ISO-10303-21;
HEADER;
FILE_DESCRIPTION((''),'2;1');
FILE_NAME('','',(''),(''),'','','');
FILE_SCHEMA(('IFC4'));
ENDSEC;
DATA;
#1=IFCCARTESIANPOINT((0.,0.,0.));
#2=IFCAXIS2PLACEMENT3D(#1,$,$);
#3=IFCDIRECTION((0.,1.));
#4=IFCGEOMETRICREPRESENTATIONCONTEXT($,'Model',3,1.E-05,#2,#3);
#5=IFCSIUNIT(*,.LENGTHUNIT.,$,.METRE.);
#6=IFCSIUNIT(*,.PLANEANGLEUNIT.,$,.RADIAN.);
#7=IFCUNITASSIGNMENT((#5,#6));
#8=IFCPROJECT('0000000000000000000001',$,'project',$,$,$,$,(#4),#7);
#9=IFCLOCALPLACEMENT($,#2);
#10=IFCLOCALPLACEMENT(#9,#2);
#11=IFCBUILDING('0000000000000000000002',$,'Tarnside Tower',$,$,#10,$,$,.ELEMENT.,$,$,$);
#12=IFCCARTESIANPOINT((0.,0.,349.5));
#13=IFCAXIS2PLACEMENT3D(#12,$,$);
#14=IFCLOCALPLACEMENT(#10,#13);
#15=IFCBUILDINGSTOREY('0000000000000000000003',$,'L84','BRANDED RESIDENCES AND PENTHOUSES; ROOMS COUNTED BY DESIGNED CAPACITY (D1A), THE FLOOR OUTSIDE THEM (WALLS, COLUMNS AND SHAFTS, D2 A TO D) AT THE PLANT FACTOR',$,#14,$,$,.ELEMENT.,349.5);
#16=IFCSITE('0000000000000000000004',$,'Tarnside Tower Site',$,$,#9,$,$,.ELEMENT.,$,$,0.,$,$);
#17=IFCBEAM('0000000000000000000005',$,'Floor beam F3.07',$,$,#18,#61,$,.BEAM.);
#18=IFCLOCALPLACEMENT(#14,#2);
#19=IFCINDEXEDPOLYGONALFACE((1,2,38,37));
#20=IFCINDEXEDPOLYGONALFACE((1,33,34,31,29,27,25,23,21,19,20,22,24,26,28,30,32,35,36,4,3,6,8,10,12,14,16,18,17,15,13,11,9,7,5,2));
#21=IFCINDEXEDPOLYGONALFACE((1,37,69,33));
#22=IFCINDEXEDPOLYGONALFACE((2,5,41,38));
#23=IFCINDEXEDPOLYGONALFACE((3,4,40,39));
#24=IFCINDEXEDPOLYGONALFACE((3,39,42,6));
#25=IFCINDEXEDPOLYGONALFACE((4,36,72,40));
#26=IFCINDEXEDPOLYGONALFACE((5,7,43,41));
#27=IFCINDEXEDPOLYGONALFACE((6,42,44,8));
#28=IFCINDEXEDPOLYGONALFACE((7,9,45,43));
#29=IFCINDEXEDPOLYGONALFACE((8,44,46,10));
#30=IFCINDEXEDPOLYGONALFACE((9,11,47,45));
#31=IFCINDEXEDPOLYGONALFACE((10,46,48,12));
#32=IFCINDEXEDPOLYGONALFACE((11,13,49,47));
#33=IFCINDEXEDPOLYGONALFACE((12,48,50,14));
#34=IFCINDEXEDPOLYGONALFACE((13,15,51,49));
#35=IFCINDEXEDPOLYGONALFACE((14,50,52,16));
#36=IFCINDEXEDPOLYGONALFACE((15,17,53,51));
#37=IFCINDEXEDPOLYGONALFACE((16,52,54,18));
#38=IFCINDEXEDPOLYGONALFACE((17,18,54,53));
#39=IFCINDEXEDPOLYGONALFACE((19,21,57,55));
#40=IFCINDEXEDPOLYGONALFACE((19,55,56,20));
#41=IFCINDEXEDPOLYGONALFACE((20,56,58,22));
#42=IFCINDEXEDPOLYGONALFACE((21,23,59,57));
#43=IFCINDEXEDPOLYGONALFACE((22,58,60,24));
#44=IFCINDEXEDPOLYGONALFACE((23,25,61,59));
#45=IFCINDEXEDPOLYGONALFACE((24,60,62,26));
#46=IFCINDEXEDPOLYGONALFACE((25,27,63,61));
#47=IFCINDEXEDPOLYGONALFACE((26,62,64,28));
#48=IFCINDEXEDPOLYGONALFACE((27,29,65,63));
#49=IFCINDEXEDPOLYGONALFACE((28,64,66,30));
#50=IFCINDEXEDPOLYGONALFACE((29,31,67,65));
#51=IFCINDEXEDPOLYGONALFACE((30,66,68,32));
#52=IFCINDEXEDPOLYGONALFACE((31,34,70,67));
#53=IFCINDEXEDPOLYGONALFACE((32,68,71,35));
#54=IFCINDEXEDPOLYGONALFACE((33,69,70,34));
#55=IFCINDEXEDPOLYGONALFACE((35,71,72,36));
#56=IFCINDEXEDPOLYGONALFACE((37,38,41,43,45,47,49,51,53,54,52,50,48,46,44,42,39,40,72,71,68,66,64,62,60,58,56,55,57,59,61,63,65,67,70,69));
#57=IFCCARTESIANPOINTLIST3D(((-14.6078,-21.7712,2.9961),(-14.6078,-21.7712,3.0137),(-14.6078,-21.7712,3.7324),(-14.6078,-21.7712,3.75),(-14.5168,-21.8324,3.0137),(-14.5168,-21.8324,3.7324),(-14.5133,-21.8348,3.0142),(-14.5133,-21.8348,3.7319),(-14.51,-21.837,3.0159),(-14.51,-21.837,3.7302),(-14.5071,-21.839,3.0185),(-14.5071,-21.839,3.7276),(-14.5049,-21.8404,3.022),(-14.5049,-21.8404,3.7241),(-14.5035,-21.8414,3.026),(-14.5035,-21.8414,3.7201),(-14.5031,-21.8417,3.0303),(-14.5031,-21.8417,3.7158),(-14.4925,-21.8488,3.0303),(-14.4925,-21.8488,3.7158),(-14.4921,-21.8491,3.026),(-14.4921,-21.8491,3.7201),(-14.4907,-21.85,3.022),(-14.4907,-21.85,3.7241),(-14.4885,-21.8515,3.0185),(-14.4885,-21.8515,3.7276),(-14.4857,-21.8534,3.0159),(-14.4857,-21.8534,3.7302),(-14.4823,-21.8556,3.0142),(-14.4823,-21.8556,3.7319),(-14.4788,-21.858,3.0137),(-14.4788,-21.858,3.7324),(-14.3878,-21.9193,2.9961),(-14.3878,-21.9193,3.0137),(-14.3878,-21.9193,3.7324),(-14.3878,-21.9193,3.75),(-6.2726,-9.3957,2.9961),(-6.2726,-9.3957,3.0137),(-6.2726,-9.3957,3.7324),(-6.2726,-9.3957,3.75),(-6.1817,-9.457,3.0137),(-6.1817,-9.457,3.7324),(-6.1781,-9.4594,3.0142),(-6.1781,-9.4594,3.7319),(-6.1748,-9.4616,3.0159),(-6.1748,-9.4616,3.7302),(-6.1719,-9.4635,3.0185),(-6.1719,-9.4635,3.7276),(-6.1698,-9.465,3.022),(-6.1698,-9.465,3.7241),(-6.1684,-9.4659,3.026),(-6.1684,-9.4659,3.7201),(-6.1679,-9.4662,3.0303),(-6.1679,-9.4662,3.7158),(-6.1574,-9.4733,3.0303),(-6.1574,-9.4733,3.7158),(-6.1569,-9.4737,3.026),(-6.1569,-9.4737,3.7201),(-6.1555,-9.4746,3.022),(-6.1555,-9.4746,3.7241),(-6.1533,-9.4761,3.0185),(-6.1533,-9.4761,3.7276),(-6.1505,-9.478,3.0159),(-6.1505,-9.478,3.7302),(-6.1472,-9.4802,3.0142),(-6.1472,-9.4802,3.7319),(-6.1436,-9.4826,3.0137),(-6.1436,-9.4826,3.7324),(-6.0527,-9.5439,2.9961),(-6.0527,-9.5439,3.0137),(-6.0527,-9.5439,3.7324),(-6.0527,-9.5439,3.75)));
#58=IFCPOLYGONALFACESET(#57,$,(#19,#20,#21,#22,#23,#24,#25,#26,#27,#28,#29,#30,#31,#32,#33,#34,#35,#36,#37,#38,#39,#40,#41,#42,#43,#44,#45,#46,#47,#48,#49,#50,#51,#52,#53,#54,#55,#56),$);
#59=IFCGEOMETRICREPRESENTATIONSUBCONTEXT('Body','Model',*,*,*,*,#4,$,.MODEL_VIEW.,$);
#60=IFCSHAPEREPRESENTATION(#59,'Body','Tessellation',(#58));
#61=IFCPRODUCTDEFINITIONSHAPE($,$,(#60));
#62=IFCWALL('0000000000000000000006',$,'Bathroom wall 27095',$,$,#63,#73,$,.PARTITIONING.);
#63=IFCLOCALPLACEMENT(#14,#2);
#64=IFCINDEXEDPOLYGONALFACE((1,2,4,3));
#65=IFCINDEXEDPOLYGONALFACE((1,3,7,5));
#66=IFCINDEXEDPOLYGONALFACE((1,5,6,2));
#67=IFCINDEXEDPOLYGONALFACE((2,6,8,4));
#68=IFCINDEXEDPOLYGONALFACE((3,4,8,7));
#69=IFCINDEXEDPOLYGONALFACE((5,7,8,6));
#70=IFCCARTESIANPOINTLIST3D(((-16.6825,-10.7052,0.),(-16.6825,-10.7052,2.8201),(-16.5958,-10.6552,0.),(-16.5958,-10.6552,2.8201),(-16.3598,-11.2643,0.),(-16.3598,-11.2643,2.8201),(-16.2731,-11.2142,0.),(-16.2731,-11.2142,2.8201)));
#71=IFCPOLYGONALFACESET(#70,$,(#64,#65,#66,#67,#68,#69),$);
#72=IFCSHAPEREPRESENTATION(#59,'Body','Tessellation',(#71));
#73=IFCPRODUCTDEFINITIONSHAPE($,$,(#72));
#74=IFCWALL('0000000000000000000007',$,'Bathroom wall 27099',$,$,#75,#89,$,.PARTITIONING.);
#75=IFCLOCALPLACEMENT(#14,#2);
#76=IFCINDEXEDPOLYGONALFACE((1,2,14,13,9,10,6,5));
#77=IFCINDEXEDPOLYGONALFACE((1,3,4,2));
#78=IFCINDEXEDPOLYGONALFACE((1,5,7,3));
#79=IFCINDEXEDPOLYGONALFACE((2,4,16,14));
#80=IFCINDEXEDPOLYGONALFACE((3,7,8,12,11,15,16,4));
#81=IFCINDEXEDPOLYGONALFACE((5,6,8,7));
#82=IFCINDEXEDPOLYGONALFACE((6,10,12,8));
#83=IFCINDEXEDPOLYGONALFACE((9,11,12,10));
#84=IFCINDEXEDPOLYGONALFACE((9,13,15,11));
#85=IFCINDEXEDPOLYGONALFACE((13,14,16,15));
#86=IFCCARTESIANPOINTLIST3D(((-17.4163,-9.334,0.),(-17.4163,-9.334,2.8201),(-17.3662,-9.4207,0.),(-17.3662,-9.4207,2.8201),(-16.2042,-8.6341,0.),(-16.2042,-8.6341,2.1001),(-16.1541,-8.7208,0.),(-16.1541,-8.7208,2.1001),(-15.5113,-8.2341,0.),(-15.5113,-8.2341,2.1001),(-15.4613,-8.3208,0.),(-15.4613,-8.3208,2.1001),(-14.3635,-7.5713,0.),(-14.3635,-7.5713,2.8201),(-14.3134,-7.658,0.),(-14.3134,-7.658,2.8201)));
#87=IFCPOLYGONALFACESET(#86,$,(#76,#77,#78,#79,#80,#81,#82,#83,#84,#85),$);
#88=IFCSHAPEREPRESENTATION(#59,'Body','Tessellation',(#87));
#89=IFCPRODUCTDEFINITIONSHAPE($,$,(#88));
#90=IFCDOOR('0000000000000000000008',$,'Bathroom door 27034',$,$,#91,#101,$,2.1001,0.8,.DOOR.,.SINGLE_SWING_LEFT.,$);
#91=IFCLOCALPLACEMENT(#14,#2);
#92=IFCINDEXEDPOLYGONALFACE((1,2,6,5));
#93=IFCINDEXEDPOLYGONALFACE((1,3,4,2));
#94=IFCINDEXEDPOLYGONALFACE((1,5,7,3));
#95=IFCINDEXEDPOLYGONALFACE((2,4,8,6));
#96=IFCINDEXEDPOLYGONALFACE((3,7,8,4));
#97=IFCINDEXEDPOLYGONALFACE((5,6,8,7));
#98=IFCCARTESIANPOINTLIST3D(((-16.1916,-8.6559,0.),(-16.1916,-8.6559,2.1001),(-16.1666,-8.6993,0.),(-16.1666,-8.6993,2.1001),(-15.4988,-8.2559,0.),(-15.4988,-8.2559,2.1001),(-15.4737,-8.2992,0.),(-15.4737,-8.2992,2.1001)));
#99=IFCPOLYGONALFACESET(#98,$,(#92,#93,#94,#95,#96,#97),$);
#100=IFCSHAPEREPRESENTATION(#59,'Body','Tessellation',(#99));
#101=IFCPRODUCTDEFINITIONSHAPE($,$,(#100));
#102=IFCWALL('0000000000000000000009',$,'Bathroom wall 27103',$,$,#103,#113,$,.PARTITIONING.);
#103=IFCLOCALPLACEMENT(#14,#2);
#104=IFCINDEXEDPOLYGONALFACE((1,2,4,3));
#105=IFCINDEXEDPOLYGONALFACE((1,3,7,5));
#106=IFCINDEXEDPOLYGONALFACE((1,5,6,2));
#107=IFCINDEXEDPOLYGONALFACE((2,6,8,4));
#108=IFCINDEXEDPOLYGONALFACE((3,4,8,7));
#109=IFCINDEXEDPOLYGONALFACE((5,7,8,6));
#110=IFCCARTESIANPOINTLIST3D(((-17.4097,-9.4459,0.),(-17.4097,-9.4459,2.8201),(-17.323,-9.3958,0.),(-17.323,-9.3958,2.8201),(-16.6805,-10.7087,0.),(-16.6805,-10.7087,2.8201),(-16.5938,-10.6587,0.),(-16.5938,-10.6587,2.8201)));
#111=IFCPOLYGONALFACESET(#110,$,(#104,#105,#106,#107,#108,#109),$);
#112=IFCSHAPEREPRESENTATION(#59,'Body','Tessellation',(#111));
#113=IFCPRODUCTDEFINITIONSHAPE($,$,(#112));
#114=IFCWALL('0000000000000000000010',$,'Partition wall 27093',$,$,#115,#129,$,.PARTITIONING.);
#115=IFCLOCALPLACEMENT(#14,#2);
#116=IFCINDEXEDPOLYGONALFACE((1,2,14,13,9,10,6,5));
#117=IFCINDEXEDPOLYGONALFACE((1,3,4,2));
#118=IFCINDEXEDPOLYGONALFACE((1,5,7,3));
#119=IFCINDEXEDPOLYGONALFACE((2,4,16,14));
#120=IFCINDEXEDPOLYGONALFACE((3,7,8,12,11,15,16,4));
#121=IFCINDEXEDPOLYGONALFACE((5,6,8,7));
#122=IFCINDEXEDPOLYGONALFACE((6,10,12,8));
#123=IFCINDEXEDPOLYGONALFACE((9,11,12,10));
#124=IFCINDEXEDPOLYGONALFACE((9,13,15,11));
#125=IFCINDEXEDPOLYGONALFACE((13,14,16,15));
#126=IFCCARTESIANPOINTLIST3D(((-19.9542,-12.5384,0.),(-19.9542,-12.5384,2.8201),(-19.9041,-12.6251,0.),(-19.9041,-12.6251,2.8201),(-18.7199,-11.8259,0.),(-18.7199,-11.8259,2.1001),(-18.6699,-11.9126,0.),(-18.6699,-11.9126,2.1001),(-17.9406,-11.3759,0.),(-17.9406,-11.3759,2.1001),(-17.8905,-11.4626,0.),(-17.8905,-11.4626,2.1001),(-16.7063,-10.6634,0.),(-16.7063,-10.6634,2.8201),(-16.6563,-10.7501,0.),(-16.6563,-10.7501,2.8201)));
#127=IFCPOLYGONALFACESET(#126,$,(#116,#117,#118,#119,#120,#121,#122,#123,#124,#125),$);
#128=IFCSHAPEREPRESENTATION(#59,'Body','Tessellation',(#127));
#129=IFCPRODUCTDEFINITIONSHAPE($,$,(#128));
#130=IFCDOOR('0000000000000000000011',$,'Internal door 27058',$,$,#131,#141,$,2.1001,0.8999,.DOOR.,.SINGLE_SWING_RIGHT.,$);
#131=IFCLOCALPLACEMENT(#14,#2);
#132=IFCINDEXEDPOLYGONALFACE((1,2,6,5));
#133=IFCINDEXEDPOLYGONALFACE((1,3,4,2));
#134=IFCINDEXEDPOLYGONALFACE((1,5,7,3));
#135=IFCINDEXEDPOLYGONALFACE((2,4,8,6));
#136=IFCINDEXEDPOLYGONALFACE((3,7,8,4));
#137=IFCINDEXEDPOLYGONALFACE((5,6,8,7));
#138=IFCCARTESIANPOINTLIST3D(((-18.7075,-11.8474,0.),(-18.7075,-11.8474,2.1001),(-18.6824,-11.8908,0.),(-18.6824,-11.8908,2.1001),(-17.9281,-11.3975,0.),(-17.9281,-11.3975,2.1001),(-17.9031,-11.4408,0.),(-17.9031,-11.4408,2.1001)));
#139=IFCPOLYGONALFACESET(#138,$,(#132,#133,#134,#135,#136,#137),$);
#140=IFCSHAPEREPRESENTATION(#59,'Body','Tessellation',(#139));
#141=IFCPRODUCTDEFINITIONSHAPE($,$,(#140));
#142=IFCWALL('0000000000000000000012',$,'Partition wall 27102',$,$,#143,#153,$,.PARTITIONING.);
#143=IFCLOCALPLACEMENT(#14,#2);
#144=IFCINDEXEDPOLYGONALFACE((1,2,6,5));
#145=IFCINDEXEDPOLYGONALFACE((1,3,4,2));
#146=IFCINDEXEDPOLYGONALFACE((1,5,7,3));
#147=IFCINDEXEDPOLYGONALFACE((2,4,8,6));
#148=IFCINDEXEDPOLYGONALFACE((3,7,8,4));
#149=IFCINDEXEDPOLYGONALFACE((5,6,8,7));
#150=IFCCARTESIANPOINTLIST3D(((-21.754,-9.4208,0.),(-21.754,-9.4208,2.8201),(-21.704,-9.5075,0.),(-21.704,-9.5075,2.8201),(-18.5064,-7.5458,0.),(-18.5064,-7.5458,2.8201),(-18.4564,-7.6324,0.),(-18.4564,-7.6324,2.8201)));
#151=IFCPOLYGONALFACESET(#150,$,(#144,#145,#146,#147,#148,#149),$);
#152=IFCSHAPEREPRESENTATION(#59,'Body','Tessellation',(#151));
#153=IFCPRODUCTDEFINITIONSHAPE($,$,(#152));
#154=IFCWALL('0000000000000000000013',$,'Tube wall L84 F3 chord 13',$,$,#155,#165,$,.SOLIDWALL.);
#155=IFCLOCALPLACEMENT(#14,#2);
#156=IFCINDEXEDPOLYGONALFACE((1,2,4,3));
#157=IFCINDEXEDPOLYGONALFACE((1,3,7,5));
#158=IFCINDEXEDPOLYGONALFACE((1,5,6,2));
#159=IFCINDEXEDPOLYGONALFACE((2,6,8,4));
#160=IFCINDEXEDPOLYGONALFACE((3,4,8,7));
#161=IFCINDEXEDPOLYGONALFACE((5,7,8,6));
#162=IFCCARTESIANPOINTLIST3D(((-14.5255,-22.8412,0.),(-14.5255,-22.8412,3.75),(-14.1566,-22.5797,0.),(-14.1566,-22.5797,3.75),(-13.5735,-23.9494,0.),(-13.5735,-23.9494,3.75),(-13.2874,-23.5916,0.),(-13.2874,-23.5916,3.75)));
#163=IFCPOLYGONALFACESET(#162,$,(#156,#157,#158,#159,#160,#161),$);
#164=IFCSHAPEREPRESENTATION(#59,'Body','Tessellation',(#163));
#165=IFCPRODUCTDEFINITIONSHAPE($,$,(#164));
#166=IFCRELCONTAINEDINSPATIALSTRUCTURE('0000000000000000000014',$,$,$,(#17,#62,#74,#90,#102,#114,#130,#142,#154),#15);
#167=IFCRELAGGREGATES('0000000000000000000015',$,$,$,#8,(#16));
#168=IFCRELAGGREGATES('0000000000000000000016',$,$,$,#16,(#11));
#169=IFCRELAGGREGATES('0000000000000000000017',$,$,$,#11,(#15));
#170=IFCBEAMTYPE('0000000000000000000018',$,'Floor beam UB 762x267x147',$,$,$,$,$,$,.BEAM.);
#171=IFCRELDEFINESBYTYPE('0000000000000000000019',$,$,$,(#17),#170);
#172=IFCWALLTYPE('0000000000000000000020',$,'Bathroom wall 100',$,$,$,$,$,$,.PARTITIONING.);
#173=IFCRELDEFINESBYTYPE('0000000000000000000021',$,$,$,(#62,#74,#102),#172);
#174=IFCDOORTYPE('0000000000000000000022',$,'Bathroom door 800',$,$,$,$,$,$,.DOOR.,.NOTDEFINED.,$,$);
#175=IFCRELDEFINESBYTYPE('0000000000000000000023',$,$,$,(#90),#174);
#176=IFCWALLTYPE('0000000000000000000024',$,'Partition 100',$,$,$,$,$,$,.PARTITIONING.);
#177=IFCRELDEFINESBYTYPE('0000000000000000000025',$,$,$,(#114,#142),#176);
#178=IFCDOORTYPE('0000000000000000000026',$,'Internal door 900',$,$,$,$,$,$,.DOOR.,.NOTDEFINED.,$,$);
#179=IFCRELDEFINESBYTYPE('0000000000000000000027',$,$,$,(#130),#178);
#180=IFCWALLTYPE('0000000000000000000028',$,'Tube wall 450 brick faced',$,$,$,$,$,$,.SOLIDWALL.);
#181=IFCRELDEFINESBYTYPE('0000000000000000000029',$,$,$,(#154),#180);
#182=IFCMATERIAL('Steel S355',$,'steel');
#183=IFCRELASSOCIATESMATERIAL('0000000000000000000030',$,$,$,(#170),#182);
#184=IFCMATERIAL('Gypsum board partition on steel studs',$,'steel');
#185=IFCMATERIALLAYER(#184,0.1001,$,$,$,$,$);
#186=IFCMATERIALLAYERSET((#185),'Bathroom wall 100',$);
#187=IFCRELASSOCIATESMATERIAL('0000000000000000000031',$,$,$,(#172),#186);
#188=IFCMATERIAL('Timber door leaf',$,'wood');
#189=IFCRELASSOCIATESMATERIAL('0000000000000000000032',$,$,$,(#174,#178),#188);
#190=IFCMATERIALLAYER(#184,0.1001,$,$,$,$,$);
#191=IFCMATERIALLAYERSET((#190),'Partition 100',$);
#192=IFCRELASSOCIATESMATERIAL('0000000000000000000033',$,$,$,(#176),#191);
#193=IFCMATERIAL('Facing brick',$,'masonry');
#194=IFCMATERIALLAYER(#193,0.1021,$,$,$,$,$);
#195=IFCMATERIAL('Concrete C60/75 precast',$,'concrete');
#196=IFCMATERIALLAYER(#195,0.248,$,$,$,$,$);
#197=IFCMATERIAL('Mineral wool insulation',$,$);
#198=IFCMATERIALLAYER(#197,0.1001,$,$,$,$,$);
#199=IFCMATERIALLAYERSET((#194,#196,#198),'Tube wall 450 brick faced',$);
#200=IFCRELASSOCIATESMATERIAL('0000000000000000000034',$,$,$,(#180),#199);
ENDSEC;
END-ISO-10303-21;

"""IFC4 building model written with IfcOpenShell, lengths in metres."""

from ifc_helpers import new_model, si_unit, direction, frame, frame_2d, origin, origin_2d, place, context, subcontext, project, spatial, polyline, rectangle, i_section, outline, extrude, material, layer, layer_set, material_profile, profile_set, type_object, element, fill, save


model = new_model("IFC4")

# Units and contexts
model_context = context("Model", 3, precision=1e-05, world=origin(), true_north=direction((0.0, 1.0)))
body_context = subcontext(model_context, "Body", "Model", "MODEL_VIEW")
ifc_project = project(units=[si_unit("LENGTHUNIT", "METRE"), si_unit("PLANEANGLEUNIT", "RADIAN")], contexts=[model_context])

# Site, building, storey
site_placement = place(None, origin())
site = spatial("IfcSite", under=ifc_project, at=site_placement, Name="Tarnside Tower Site", CompositionType="ELEMENT", RefElevation=0.0)
building_placement = place(site_placement, origin())
building = spatial("IfcBuilding", under=site, at=building_placement, Name="Tarnside Tower", CompositionType="ELEMENT")
storey_placement = place(building_placement, frame((0.0, 0.0, 349.5)))
storey = spatial("IfcBuildingStorey", under=building, at=storey_placement, Name="L84", Description="BRANDED RESIDENCES AND PENTHOUSES; ROOMS COUNTED BY DESIGNED CAPACITY (D1A), THE FLOOR OUTSIDE THEM (WALLS, COLUMNS AND SHAFTS, D2 A TO D) AT THE PLANT FACTOR", CompositionType="ELEMENT", Elevation=349.5)

# Beam
ifc_material_1 = material(Name="Steel S355", Category="steel")
ifc_material_profile_1 = material_profile(ifc_material_1, i_section(OverallWidth=0.2651, OverallDepth=0.7539, WebThickness=0.0127, FlangeThickness=0.0176, FilletRadius=0.0166, at=origin_2d()), Name="UB 762x267x147")
ifc_profile_set_1 = profile_set([ifc_material_profile_1], Name="Steel S355")
beam_type_1 = type_object("IfcBeamType", Name="Floor beam UB 762x267x147", PredefinedType="BEAM", material=ifc_profile_set_1)
beam_1_placement = place(storey_placement, frame((-14.4978, -21.8452, 3.373), z_axis=(0.558632, 0.829415, 0.0), x_axis=(-0.829415, 0.558632, 0.0)))
element("IfcBeam", 1, at=beam_1_placement, inside=storey, type_object=beam_type_1, Name="Floor beam F3.07", PredefinedType="BEAM", context=body_context, shape_type="SweptSolid", body=[
    extrude(i_section(OverallWidth=0.2651, OverallDepth=0.7539, WebThickness=0.0127, FlangeThickness=0.0176, FilletRadius=0.0166, at=origin_2d()), origin(), (0.0, 0.0, 1.0), 14.9207),
])

# Wall
ifc_material_2 = material(Name="Gypsum board partition on steel studs", Category="steel")
ifc_layer_1 = layer(ifc_material_2, 0.1001)
ifc_layer_set_1 = layer_set([ifc_layer_1], Name="Bathroom wall 100")
wall_type_1 = type_object("IfcWallType", Name="Bathroom wall 100", PredefinedType="PARTITIONING", material=ifc_layer_set_1)
wall_1_placement = place(storey_placement, frame((-16.3164, -11.2393, 0.0), z_axis=(0.0, 0.0, 1.0), x_axis=(-0.499963, 0.866047, 0.0)))
element("IfcWall", 2, at=wall_1_placement, inside=storey, type_object=wall_type_1, Name="Bathroom wall 27095", PredefinedType="PARTITIONING", context=body_context, shape_type="SweptSolid", body=[
    extrude(rectangle(XDim=0.6455, YDim=0.1001, at=frame_2d((0.3228, 0.0))), origin(), (0.0, 0.0, 1.0), 2.8201),
])

# Wall, opening, door
wall_2_placement = place(storey_placement, frame((-17.3914, -9.3774, 0.0), z_axis=(0.0, 0.0, 1.0), x_axis=(0.866001, 0.500042, 0.0)))
wall_2 = element("IfcWall", 3, at=wall_2_placement, inside=storey, type_object=wall_type_1, Name="Bathroom wall 27099", PredefinedType="PARTITIONING", context=body_context, shape_type="SweptSolid", body=[
    extrude(rectangle(XDim=3.5251, YDim=0.1001, at=frame_2d((1.7627, 0.0))), origin(), (0.0, 0.0, 1.0), 2.8201),
])
opening_1_placement = place(wall_2_placement, frame((1.3999, 0.0, 0.0)))
opening_1 = element("IfcOpeningElement", 4, at=opening_1_placement, cuts=wall_2, PredefinedType="OPENING", context=body_context, shape_type="SweptSolid", body=[
    extrude(rectangle(XDim=0.8, YDim=2.1001, at=frame_2d((0.3999, 1.05))), frame((0.0, 0.0601, 0.0), z_axis=(0.0, -1.0, 0.0), x_axis=(1.0, 0.0, 0.0)), (0.0, 0.0, 1.0), 0.1201),
])
ifc_material_3 = material(Name="Timber door leaf", Category="wood")
door_type_1 = type_object("IfcDoorType", Name="Bathroom door 800", OperationType="NOTDEFINED", PredefinedType="DOOR", material=ifc_material_3)
door_1_placement = place(opening_1_placement, origin())
door_1 = element("IfcDoor", 5, at=door_1_placement, inside=storey, type_object=door_type_1, Name="Bathroom door 27034", OperationType="SINGLE_SWING_LEFT", OverallHeight=2.1001, OverallWidth=0.8, PredefinedType="DOOR", context=body_context, shape_type="SweptSolid", body=[
    extrude(rectangle(XDim=0.8, YDim=2.1001, at=frame_2d((0.3999, 1.05))), frame((0.0, 0.0249, 0.0), z_axis=(0.0, -1.0, 0.0), x_axis=(1.0, 0.0, 0.0)), (0.0, 0.0, 1.0), 0.05),
])
fill(opening_1, door_1)

# Wall
wall_3_placement = place(storey_placement, frame((-16.6372, -10.6836, 0.0), z_axis=(0.0, 0.0, 1.0), x_axis=(-0.500046, 0.865999, 0.0)))
element("IfcWall", 6, at=wall_3_placement, inside=storey, type_object=wall_type_1, Name="Bathroom wall 27103", PredefinedType="PARTITIONING", context=body_context, shape_type="SweptSolid", body=[
    extrude(rectangle(XDim=1.4583, YDim=0.1001, at=frame_2d((0.729, 0.0))), origin(), (0.0, 0.0, 1.0), 2.8201),
])

# Wall, opening, door
ifc_layer_2 = layer(ifc_material_2, 0.1001)
ifc_layer_set_2 = layer_set([ifc_layer_2], Name="Partition 100")
wall_type_2 = type_object("IfcWallType", Name="Partition 100", PredefinedType="PARTITIONING", material=ifc_layer_set_2)
wall_4_placement = place(storey_placement, frame((-16.6814, -10.7068, 0.0), z_axis=(0.0, 0.0, 1.0), x_axis=(-0.866039, -0.499976, 0.0)))
wall_4 = element("IfcWall", 7, at=wall_4_placement, inside=storey, type_object=wall_type_2, Name="Partition wall 27093", PredefinedType="PARTITIONING", context=body_context, shape_type="SweptSolid", body=[
    extrude(rectangle(XDim=3.7502, YDim=0.1001, at=frame_2d((1.875, 0.0))), origin(), (0.0, 0.0, 1.0), 2.8201),
])
opening_2_placement = place(wall_4_placement, frame((1.425, 0.0, 0.0)))
opening_2 = element("IfcOpeningElement", 8, at=opening_2_placement, cuts=wall_4, PredefinedType="OPENING", context=body_context, shape_type="SweptSolid", body=[
    extrude(rectangle(XDim=0.8999, YDim=2.1001, at=frame_2d((0.45, 1.05))), frame((0.0, 0.0601, 0.0), z_axis=(0.0, -1.0, 0.0), x_axis=(1.0, 0.0, 0.0)), (0.0, 0.0, 1.0), 0.1201),
])
door_type_2 = type_object("IfcDoorType", Name="Internal door 900", OperationType="NOTDEFINED", PredefinedType="DOOR", material=ifc_material_3)
door_2_placement = place(opening_2_placement, origin())
door_2 = element("IfcDoor", 9, at=door_2_placement, inside=storey, type_object=door_type_2, Name="Internal door 27058", OperationType="SINGLE_SWING_RIGHT", OverallHeight=2.1001, OverallWidth=0.8999, PredefinedType="DOOR", context=body_context, shape_type="SweptSolid", body=[
    extrude(rectangle(XDim=0.8999, YDim=2.1001, at=frame_2d((0.45, 1.05))), frame((0.0, 0.0249, 0.0), z_axis=(0.0, -1.0, 0.0), x_axis=(1.0, 0.0, 0.0)), (0.0, 0.0, 1.0), 0.05),
])
fill(opening_2, door_2)

# Walls
wall_5_placement = place(storey_placement, frame((-21.729, -9.4641, 0.0), z_axis=(0.0, 0.0, 1.0), x_axis=(0.866023, 0.500004, 0.0)))
element("IfcWall", 10, at=wall_5_placement, inside=storey, type_object=wall_type_2, Name="Partition wall 27102", PredefinedType="PARTITIONING", context=body_context, shape_type="SweptSolid", body=[
    extrude(rectangle(XDim=3.75, YDim=0.1001, at=frame_2d((1.875, 0.0))), origin(), (0.0, 0.0, 1.0), 2.8201),
])
ifc_material_4 = material(Name="Facing brick", Category="masonry")
ifc_layer_3 = layer(ifc_material_4, 0.1021)
ifc_material_5 = material(Name="Concrete C60/75 precast", Category="concrete")
ifc_layer_4 = layer(ifc_material_5, 0.248)
ifc_material_6 = material(Name="Mineral wool insulation")
ifc_layer_5 = layer(ifc_material_6, 0.1001)
ifc_layer_set_3 = layer_set([ifc_layer_3, ifc_layer_4, ifc_layer_5], Name="Tube wall 450 brick faced")
wall_type_3 = type_object("IfcWallType", Name="Tube wall 450 brick faced", PredefinedType="SOLIDWALL", material=ifc_layer_set_3)
wall_6_placement = place(storey_placement, frame((-14.3411, -22.7104, 0.0), z_axis=(0.0, 0.0, 1.0), x_axis=(0.651625, -0.758541, 0.0)))
element("IfcWall", 11, at=wall_6_placement, inside=storey, type_object=wall_type_3, Name="Tube wall L84 F3 chord 13", PredefinedType="SOLIDWALL", context=body_context, shape_type="SweptSolid", body=[
    extrude(outline(polyline([(-0.021, -0.2251), (1.4399, -0.2251), (1.355, 0.2251), (0.021, 0.2251), (-0.021, -0.2251)])), origin(), (0.0, 0.0, 1.0), 3.75),
])

save(model, "model.ifc")
